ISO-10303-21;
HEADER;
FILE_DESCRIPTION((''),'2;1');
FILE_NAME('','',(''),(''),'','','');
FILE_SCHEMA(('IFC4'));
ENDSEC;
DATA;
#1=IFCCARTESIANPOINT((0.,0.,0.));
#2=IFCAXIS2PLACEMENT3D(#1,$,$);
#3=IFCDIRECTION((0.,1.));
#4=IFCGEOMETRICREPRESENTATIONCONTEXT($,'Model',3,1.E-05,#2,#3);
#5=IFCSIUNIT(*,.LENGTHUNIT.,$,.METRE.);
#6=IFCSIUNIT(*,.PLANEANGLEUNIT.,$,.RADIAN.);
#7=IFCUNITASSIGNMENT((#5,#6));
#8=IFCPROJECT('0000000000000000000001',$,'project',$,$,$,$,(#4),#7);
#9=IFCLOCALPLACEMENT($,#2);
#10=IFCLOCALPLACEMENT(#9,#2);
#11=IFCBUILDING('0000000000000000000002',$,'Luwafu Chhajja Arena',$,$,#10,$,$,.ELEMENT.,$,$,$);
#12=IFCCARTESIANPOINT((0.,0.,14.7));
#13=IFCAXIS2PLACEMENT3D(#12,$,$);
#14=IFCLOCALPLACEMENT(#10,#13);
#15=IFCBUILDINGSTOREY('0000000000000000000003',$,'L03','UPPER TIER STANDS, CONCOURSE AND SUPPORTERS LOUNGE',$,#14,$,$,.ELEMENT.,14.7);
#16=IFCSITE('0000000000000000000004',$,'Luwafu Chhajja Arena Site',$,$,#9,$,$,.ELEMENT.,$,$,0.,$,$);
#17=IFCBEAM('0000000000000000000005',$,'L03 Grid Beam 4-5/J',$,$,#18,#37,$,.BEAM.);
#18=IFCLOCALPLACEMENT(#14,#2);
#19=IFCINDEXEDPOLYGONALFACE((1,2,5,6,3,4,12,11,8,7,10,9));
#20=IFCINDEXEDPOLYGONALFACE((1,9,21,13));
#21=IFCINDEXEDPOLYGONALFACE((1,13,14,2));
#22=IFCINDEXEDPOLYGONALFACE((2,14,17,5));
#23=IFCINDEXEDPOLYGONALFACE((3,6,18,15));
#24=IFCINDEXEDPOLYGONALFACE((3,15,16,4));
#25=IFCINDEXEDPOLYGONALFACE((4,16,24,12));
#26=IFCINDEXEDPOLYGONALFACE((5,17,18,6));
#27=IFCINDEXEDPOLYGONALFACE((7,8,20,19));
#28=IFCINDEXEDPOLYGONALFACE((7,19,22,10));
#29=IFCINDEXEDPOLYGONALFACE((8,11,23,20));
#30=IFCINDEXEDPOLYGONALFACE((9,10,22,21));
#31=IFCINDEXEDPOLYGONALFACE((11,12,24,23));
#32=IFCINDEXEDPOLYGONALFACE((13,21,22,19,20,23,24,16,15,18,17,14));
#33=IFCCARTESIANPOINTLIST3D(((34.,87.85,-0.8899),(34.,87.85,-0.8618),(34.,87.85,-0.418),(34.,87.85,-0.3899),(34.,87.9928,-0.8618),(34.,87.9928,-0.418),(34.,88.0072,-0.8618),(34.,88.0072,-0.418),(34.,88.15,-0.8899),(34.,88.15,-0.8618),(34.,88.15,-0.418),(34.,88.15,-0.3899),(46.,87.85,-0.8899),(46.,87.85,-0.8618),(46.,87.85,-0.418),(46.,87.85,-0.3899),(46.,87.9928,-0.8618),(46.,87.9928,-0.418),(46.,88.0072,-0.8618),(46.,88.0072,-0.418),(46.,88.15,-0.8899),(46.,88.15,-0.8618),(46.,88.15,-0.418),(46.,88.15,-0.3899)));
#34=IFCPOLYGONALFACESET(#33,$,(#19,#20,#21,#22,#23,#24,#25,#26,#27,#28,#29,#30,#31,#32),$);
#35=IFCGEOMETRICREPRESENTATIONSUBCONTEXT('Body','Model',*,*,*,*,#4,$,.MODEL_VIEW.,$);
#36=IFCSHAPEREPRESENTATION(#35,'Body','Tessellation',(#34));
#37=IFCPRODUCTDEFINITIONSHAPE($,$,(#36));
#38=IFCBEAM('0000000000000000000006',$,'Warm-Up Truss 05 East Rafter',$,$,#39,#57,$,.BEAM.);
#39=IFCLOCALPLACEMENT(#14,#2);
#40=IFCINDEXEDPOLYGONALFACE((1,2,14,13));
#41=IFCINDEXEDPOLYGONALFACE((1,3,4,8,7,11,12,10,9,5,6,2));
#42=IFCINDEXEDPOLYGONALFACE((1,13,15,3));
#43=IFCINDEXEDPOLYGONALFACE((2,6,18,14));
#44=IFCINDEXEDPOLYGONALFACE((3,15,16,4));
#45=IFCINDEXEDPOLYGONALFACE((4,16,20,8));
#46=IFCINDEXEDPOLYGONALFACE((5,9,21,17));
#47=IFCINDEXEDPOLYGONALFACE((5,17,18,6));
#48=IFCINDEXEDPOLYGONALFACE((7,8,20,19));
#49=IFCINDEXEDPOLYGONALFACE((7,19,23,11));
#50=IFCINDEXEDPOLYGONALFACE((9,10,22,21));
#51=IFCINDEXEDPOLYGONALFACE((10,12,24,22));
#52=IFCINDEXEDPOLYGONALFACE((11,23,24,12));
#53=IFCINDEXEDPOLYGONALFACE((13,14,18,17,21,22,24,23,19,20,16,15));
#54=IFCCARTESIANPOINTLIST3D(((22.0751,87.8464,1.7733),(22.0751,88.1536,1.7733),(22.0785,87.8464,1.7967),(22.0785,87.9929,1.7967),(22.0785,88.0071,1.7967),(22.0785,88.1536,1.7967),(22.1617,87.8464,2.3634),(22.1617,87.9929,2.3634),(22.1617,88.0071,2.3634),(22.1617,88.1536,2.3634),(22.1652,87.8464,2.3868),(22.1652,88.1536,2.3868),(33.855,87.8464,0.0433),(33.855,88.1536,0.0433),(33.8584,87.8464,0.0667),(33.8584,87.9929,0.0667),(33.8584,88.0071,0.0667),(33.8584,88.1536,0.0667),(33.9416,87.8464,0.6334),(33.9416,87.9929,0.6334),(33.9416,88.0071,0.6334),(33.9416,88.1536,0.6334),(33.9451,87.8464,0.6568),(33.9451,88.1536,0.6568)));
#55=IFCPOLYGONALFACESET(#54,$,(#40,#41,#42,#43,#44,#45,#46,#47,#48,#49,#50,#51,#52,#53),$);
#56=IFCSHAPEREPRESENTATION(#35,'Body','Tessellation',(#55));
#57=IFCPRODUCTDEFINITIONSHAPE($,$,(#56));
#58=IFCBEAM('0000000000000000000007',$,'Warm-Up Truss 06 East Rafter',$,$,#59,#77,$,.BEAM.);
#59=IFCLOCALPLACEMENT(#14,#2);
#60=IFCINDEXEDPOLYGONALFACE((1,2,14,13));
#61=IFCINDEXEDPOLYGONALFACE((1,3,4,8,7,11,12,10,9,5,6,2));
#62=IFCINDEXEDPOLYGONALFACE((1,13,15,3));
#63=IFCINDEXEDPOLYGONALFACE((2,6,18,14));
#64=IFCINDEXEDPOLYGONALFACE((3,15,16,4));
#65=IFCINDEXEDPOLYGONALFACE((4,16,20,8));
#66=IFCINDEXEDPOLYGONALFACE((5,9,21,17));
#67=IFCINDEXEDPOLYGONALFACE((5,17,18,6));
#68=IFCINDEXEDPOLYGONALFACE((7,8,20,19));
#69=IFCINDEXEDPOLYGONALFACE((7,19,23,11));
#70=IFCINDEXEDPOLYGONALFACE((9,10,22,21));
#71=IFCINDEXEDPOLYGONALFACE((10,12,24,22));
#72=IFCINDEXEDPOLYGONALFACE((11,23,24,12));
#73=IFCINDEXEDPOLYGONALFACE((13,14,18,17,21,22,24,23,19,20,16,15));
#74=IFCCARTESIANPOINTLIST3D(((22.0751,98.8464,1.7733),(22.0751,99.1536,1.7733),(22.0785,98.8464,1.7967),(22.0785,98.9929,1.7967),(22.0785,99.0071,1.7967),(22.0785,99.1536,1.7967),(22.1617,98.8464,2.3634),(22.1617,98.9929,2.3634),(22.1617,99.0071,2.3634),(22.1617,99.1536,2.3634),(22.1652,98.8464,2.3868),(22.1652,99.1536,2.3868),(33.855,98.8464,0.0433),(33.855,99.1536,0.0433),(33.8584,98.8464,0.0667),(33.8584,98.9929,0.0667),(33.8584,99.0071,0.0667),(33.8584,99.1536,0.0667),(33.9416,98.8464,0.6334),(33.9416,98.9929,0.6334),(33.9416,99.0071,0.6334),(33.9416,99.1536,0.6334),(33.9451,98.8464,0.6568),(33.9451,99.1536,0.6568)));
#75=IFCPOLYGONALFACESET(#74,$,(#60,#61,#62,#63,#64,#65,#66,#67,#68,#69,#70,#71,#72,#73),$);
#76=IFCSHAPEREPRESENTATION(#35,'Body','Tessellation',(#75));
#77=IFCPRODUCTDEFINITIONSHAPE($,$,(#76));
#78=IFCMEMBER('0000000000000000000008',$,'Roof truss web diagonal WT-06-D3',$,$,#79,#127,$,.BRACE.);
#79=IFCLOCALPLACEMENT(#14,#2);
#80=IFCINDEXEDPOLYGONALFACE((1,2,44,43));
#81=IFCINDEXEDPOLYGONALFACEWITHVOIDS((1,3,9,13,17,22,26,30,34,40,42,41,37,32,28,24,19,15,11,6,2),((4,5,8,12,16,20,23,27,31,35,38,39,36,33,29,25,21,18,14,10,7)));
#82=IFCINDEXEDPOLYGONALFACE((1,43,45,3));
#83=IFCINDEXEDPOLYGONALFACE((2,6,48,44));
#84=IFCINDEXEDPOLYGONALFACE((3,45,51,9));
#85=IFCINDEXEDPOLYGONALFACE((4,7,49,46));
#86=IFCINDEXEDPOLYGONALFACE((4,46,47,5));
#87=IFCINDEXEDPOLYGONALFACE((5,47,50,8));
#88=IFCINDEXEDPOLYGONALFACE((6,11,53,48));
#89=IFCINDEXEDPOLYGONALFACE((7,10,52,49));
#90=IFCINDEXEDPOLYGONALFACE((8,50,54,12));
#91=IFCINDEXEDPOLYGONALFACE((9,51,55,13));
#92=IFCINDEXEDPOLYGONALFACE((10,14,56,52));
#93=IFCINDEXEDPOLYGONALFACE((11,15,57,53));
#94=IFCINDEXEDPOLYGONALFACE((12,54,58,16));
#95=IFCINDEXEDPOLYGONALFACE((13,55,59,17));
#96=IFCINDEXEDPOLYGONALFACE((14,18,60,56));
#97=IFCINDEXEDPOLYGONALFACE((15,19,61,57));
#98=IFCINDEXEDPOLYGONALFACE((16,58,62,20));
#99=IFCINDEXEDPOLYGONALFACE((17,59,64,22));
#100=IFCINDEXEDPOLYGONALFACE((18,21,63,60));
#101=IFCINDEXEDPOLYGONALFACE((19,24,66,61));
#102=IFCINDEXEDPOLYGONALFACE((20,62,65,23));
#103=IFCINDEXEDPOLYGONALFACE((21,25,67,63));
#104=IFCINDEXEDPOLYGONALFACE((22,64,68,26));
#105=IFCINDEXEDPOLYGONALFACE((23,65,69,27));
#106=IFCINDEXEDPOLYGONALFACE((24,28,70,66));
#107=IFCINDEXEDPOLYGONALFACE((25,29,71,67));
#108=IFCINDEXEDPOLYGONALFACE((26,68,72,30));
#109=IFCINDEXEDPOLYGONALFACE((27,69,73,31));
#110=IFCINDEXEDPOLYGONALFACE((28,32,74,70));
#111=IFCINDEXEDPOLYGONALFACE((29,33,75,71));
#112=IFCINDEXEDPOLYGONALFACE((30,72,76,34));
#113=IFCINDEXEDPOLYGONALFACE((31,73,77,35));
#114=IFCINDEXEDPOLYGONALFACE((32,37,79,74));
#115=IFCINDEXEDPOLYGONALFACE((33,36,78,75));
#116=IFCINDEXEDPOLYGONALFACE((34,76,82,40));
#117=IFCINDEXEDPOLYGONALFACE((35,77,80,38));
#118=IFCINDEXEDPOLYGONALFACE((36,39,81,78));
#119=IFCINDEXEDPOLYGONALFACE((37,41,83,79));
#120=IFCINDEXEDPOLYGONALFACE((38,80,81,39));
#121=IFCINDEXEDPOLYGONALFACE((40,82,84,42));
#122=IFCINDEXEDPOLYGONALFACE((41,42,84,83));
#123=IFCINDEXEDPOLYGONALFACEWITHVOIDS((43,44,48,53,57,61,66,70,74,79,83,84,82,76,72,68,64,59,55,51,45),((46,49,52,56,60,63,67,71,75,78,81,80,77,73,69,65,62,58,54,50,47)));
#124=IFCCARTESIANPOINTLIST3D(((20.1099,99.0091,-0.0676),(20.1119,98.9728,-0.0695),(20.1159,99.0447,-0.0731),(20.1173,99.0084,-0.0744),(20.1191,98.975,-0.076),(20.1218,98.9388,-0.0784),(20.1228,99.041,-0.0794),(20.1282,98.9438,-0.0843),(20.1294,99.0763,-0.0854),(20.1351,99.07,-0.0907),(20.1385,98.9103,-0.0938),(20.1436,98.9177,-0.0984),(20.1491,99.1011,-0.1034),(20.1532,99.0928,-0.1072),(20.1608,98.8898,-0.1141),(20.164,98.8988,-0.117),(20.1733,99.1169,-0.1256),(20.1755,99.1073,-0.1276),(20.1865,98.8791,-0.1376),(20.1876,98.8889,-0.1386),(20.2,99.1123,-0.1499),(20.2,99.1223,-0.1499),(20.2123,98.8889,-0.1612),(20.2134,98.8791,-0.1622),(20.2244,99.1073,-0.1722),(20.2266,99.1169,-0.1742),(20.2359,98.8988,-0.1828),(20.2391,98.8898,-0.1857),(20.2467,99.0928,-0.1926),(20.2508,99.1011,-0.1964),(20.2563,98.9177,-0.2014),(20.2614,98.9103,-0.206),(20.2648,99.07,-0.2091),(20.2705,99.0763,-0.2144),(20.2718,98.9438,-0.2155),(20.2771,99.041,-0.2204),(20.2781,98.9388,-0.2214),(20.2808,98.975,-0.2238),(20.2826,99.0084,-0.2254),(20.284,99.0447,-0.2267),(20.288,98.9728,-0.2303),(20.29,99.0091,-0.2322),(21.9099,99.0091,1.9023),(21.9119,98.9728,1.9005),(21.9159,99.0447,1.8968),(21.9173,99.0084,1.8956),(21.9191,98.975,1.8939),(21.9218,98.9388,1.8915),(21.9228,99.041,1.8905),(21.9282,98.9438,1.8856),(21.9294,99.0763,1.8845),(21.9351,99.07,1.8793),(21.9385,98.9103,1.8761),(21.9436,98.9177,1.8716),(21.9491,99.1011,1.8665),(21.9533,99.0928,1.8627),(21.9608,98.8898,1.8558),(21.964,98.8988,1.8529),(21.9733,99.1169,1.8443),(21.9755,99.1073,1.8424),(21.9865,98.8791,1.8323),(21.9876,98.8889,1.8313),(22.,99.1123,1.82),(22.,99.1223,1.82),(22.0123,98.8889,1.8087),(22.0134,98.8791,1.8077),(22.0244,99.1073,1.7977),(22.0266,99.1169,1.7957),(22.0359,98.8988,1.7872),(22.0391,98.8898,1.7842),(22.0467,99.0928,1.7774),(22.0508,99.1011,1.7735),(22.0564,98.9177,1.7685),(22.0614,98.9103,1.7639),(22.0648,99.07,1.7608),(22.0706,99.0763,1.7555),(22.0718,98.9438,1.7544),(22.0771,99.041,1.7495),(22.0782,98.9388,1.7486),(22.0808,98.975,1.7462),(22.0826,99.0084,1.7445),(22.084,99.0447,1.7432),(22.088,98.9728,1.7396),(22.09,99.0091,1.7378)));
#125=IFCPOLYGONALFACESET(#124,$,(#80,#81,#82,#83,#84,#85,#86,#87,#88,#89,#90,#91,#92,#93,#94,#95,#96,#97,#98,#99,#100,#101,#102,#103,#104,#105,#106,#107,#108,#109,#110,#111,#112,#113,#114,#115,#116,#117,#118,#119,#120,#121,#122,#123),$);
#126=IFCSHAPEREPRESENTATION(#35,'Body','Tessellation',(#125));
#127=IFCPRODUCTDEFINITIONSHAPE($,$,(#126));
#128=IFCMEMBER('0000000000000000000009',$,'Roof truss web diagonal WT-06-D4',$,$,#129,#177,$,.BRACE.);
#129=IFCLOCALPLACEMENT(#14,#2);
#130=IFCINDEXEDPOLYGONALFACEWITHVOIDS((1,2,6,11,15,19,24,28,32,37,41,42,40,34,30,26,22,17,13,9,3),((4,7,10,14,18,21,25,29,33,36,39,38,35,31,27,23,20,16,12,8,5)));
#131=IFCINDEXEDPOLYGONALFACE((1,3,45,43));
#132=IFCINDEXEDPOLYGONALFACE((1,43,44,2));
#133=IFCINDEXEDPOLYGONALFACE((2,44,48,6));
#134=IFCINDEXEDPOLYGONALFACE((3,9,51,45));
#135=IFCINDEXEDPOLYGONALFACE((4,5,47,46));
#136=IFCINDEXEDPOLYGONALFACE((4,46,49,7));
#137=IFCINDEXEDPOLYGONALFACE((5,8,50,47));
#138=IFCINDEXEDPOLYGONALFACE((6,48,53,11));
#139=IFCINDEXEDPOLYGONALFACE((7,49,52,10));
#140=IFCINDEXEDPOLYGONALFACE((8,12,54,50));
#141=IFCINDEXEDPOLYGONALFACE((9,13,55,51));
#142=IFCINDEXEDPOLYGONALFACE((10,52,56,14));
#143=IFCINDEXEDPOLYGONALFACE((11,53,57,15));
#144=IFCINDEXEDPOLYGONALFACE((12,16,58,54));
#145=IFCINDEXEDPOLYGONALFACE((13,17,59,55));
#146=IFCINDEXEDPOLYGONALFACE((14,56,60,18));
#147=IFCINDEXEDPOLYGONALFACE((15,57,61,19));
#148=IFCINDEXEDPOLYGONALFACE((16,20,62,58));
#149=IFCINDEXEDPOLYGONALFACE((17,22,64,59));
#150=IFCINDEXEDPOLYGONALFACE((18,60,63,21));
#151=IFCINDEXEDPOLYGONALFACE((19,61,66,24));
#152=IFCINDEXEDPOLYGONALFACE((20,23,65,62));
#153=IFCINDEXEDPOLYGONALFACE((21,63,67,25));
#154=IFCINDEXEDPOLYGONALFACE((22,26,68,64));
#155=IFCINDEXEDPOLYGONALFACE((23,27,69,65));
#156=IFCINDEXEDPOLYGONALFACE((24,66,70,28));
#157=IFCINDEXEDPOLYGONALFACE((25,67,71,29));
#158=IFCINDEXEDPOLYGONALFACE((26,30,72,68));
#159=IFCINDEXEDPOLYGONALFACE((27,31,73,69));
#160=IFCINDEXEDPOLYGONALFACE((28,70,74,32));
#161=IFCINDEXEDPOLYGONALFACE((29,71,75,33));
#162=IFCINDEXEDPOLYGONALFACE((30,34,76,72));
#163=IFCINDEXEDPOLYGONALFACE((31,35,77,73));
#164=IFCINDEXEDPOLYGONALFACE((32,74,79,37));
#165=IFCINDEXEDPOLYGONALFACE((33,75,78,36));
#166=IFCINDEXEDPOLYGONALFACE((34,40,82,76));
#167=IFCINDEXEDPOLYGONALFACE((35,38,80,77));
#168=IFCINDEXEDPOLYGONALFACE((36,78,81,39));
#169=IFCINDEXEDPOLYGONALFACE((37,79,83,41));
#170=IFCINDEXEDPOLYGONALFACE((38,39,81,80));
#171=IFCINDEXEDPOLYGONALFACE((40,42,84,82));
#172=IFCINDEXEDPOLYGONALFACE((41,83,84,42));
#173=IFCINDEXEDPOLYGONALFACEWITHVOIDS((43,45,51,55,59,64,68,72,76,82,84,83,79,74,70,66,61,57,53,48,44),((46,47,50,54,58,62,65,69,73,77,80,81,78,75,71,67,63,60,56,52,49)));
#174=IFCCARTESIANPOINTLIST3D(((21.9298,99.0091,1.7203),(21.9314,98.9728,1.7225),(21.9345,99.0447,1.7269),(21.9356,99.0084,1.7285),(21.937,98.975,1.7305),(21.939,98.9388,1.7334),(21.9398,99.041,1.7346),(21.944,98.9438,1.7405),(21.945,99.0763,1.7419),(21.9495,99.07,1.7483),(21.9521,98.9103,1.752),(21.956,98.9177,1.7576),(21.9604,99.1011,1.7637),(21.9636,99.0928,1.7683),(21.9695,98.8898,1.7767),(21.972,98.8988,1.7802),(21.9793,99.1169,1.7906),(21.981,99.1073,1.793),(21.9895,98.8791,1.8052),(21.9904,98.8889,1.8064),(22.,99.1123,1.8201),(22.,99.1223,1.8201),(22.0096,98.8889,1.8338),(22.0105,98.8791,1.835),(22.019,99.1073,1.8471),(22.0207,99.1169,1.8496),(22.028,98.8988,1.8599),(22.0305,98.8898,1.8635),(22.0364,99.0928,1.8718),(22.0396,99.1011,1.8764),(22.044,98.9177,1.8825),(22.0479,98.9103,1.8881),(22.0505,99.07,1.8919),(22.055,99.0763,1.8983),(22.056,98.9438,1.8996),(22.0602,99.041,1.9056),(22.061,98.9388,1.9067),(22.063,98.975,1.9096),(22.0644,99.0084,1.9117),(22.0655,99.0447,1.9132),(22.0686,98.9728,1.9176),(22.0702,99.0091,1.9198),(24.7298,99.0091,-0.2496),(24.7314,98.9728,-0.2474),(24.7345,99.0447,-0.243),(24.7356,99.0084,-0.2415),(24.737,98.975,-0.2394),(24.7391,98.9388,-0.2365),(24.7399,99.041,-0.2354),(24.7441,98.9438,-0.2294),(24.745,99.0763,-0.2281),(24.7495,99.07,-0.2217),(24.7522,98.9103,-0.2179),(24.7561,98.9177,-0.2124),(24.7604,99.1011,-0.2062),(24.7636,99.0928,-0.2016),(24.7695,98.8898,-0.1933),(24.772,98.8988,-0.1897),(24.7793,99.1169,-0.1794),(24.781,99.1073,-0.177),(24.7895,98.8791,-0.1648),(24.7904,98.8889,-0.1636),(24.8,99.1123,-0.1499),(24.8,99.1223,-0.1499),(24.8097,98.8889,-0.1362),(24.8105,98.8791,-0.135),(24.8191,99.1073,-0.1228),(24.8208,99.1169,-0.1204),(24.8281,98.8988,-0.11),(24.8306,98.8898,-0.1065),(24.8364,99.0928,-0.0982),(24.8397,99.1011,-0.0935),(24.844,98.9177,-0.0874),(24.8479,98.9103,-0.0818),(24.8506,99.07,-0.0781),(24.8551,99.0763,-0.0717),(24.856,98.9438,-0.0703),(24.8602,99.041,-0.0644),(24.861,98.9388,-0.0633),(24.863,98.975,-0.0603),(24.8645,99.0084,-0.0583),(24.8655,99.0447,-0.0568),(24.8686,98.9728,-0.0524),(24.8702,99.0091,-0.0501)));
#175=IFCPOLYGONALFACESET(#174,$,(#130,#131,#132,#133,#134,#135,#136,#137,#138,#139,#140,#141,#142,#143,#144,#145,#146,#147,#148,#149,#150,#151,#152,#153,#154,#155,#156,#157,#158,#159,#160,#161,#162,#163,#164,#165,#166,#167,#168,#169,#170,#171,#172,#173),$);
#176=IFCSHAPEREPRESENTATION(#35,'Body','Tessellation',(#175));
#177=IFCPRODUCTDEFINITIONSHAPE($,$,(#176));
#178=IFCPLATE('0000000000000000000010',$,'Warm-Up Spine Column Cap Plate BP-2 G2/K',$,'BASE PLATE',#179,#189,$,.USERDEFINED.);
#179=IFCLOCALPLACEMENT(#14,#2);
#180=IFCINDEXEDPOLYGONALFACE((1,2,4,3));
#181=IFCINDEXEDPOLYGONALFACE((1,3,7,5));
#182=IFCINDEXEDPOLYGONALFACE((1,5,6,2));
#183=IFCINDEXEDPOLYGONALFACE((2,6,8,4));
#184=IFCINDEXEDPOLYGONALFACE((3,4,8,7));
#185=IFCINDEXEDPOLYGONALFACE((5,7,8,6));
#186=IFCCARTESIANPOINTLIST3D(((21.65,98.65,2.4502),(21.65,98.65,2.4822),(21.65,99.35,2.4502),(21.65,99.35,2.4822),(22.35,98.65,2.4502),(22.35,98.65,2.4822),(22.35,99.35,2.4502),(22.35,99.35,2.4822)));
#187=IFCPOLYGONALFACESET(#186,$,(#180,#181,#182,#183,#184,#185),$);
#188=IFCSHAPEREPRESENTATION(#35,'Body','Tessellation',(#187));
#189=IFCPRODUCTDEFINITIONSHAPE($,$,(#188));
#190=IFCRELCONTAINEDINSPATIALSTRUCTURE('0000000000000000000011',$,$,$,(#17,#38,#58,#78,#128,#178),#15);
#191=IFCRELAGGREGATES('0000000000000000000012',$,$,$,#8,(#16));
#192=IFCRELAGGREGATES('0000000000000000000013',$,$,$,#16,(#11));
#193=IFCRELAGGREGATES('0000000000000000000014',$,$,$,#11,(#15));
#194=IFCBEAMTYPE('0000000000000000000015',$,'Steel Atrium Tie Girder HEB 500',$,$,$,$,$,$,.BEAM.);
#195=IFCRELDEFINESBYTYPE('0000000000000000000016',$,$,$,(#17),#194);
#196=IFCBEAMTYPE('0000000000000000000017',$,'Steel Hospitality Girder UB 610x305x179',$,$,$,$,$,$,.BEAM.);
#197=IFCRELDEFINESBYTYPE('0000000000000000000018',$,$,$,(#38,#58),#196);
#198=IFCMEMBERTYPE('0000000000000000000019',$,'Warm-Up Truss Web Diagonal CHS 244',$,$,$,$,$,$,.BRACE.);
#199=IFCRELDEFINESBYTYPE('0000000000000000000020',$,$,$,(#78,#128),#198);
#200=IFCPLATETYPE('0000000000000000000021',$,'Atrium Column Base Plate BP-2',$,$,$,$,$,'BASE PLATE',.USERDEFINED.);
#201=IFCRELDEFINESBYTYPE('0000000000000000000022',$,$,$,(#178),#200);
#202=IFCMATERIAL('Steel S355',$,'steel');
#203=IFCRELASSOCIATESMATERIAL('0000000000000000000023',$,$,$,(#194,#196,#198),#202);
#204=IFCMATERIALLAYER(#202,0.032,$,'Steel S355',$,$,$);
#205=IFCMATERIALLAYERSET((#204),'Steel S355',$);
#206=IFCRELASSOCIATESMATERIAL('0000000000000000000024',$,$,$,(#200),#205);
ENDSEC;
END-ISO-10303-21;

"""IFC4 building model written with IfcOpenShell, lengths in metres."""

from ifc_helpers import new_model, si_unit, direction, frame, origin, origin_2d, place, context, subcontext, project, spatial, rectangle, hollow_circle, i_section, extrude, material, layer, layer_set, material_profile, profile_set, type_object, element, save


model = new_model("IFC4")

# Units and contexts
model_context = context("Model", 3, precision=1e-05, world=origin(), true_north=direction((0.0, 1.0)))
body_context = subcontext(model_context, "Body", "Model", "MODEL_VIEW")
ifc_project = project(units=[si_unit("LENGTHUNIT", "METRE"), si_unit("PLANEANGLEUNIT", "RADIAN")], contexts=[model_context])

# Site, building, storey
site_placement = place(None, origin())
site = spatial("IfcSite", under=ifc_project, at=site_placement, Name="Luwafu Chhajja Arena Site", CompositionType="ELEMENT", RefElevation=0.0)
building_placement = place(site_placement, origin())
building = spatial("IfcBuilding", under=site, at=building_placement, Name="Luwafu Chhajja Arena", CompositionType="ELEMENT")
storey_placement = place(building_placement, frame((0.0, 0.0, 14.7)))
storey = spatial("IfcBuildingStorey", under=building, at=storey_placement, Name="L03", Description="UPPER TIER STANDS, CONCOURSE AND SUPPORTERS LOUNGE", CompositionType="ELEMENT", Elevation=14.7)

# Shared definitions
ifc_material_1 = material(Name="Steel S355", Category="steel")

# Beams
ifc_material_profile_1 = material_profile(ifc_material_1, i_section(OverallWidth=0.3, OverallDepth=0.5, WebThickness=0.0144, FlangeThickness=0.0281, at=origin_2d()), Name="HEB 500")
ifc_profile_set_1 = profile_set([ifc_material_profile_1], Name="Steel S355")
beam_type_1 = type_object("IfcBeamType", Name="Steel Atrium Tie Girder HEB 500", PredefinedType="BEAM", material=ifc_profile_set_1)
beam_1_placement = place(storey_placement, frame((34.0, 88.0, -0.6399), z_axis=(1.0, 0.0, 0.0), x_axis=(0.0, 1.0, 0.0)))
element("IfcBeam", 1, at=beam_1_placement, inside=storey, type_object=beam_type_1, Name="L03 Grid Beam 4-5/J", PredefinedType="BEAM", context=body_context, shape_type="SweptSolid", body=[
    extrude(i_section(OverallWidth=0.3, OverallDepth=0.5, WebThickness=0.0144, FlangeThickness=0.0281, at=origin_2d()), origin(), (0.0, 0.0, 1.0), 12.0),
])
ifc_material_profile_2 = material_profile(ifc_material_1, i_section(OverallWidth=0.3071, OverallDepth=0.6201, WebThickness=0.0142, FlangeThickness=0.0237, at=origin_2d()), Name="UB 610x305x179")
ifc_profile_set_2 = profile_set([ifc_material_profile_2], Name="Steel S355")
beam_type_2 = type_object("IfcBeamType", Name="Steel Hospitality Girder UB 610x305x179", PredefinedType="BEAM", material=ifc_profile_set_2)
for number, where, z_axis, x_axis, name in (
    (2, (22.1201, 88.0, 2.0801), (0.989387, 0.0, -0.145302), (0.0, 1.0, 0.0), "Warm-Up Truss 05 East Rafter"),
    (3, (22.1201, 99.0, 2.0801), (0.989387, 0.0, -0.145302), (0.0, 1.0, 0.0), "Warm-Up Truss 06 East Rafter"),
):
    element("IfcBeam", number, at=place(storey_placement, frame(where, z_axis=z_axis, x_axis=x_axis)), inside=storey, type_object=beam_type_2, Name=name, PredefinedType="BEAM", context=body_context, shape_type="SweptSolid", body=[
        extrude(i_section(OverallWidth=0.3071, OverallDepth=0.6201, WebThickness=0.0142, FlangeThickness=0.0237, at=origin_2d()), origin(), (0.0, 0.0, 1.0), 11.9062),
    ])

# Members
ifc_material_profile_3 = material_profile(ifc_material_1, hollow_circle(Radius=0.1223, WallThickness=0.01, at=origin_2d()), Name="CHS 244.5x10")
ifc_profile_set_3 = profile_set([ifc_material_profile_3], Name="Steel S355")
member_type = type_object("IfcMemberType", Name="Warm-Up Truss Web Diagonal CHS 244", PredefinedType="BRACE", material=ifc_profile_set_3)
member_1_placement = place(storey_placement, frame((20.2, 99.0, -0.1499), z_axis=(0.674551, 0.0, 0.738228), x_axis=(0.0, 1.0, 0.0)))
element("IfcMember", 4, at=member_1_placement, inside=storey, type_object=member_type, Name="Roof truss web diagonal WT-06-D3", PredefinedType="BRACE", context=body_context, shape_type="SweptSolid", body=[
    extrude(hollow_circle(Radius=0.1223, WallThickness=0.01, at=origin_2d()), origin(), (0.0, 0.0, 1.0), 2.6685),
])
member_2_placement = place(storey_placement, frame((22.0, 99.0, 1.8201), z_axis=(0.817866, 0.0, -0.575409), x_axis=(0.0, 1.0, 0.0)))
element("IfcMember", 5, at=member_2_placement, inside=storey, type_object=member_type, Name="Roof truss web diagonal WT-06-D4", PredefinedType="BRACE", context=body_context, shape_type="SweptSolid", body=[
    extrude(hollow_circle(Radius=0.1223, WallThickness=0.01, at=origin_2d()), origin(), (0.0, 0.0, 1.0), 3.4236),
])

# Plate
ifc_layer_1 = layer(ifc_material_1, 0.032, Name="Steel S355")
ifc_layer_set_1 = layer_set([ifc_layer_1], Name="Steel S355")
plate_type_1 = type_object("IfcPlateType", Name="Atrium Column Base Plate BP-2", ElementType="BASE PLATE", PredefinedType="USERDEFINED", material=ifc_layer_set_1)
plate_placement = place(storey_placement, frame((22.0, 99.0, 2.4502), z_axis=(0.0, 0.0, 1.0), x_axis=(1.0, 0.0, 0.0)))
element("IfcPlate", 6, at=plate_placement, inside=storey, type_object=plate_type_1, Name="Warm-Up Spine Column Cap Plate BP-2 G2/K", ObjectType="BASE PLATE", PredefinedType="USERDEFINED", context=body_context, shape_type="SweptSolid", body=[
    extrude(rectangle(XDim=0.7, YDim=0.7, at=origin_2d()), origin(), (0.0, 0.0, 1.0), 0.032),
])

save(model, "model.ifc")
